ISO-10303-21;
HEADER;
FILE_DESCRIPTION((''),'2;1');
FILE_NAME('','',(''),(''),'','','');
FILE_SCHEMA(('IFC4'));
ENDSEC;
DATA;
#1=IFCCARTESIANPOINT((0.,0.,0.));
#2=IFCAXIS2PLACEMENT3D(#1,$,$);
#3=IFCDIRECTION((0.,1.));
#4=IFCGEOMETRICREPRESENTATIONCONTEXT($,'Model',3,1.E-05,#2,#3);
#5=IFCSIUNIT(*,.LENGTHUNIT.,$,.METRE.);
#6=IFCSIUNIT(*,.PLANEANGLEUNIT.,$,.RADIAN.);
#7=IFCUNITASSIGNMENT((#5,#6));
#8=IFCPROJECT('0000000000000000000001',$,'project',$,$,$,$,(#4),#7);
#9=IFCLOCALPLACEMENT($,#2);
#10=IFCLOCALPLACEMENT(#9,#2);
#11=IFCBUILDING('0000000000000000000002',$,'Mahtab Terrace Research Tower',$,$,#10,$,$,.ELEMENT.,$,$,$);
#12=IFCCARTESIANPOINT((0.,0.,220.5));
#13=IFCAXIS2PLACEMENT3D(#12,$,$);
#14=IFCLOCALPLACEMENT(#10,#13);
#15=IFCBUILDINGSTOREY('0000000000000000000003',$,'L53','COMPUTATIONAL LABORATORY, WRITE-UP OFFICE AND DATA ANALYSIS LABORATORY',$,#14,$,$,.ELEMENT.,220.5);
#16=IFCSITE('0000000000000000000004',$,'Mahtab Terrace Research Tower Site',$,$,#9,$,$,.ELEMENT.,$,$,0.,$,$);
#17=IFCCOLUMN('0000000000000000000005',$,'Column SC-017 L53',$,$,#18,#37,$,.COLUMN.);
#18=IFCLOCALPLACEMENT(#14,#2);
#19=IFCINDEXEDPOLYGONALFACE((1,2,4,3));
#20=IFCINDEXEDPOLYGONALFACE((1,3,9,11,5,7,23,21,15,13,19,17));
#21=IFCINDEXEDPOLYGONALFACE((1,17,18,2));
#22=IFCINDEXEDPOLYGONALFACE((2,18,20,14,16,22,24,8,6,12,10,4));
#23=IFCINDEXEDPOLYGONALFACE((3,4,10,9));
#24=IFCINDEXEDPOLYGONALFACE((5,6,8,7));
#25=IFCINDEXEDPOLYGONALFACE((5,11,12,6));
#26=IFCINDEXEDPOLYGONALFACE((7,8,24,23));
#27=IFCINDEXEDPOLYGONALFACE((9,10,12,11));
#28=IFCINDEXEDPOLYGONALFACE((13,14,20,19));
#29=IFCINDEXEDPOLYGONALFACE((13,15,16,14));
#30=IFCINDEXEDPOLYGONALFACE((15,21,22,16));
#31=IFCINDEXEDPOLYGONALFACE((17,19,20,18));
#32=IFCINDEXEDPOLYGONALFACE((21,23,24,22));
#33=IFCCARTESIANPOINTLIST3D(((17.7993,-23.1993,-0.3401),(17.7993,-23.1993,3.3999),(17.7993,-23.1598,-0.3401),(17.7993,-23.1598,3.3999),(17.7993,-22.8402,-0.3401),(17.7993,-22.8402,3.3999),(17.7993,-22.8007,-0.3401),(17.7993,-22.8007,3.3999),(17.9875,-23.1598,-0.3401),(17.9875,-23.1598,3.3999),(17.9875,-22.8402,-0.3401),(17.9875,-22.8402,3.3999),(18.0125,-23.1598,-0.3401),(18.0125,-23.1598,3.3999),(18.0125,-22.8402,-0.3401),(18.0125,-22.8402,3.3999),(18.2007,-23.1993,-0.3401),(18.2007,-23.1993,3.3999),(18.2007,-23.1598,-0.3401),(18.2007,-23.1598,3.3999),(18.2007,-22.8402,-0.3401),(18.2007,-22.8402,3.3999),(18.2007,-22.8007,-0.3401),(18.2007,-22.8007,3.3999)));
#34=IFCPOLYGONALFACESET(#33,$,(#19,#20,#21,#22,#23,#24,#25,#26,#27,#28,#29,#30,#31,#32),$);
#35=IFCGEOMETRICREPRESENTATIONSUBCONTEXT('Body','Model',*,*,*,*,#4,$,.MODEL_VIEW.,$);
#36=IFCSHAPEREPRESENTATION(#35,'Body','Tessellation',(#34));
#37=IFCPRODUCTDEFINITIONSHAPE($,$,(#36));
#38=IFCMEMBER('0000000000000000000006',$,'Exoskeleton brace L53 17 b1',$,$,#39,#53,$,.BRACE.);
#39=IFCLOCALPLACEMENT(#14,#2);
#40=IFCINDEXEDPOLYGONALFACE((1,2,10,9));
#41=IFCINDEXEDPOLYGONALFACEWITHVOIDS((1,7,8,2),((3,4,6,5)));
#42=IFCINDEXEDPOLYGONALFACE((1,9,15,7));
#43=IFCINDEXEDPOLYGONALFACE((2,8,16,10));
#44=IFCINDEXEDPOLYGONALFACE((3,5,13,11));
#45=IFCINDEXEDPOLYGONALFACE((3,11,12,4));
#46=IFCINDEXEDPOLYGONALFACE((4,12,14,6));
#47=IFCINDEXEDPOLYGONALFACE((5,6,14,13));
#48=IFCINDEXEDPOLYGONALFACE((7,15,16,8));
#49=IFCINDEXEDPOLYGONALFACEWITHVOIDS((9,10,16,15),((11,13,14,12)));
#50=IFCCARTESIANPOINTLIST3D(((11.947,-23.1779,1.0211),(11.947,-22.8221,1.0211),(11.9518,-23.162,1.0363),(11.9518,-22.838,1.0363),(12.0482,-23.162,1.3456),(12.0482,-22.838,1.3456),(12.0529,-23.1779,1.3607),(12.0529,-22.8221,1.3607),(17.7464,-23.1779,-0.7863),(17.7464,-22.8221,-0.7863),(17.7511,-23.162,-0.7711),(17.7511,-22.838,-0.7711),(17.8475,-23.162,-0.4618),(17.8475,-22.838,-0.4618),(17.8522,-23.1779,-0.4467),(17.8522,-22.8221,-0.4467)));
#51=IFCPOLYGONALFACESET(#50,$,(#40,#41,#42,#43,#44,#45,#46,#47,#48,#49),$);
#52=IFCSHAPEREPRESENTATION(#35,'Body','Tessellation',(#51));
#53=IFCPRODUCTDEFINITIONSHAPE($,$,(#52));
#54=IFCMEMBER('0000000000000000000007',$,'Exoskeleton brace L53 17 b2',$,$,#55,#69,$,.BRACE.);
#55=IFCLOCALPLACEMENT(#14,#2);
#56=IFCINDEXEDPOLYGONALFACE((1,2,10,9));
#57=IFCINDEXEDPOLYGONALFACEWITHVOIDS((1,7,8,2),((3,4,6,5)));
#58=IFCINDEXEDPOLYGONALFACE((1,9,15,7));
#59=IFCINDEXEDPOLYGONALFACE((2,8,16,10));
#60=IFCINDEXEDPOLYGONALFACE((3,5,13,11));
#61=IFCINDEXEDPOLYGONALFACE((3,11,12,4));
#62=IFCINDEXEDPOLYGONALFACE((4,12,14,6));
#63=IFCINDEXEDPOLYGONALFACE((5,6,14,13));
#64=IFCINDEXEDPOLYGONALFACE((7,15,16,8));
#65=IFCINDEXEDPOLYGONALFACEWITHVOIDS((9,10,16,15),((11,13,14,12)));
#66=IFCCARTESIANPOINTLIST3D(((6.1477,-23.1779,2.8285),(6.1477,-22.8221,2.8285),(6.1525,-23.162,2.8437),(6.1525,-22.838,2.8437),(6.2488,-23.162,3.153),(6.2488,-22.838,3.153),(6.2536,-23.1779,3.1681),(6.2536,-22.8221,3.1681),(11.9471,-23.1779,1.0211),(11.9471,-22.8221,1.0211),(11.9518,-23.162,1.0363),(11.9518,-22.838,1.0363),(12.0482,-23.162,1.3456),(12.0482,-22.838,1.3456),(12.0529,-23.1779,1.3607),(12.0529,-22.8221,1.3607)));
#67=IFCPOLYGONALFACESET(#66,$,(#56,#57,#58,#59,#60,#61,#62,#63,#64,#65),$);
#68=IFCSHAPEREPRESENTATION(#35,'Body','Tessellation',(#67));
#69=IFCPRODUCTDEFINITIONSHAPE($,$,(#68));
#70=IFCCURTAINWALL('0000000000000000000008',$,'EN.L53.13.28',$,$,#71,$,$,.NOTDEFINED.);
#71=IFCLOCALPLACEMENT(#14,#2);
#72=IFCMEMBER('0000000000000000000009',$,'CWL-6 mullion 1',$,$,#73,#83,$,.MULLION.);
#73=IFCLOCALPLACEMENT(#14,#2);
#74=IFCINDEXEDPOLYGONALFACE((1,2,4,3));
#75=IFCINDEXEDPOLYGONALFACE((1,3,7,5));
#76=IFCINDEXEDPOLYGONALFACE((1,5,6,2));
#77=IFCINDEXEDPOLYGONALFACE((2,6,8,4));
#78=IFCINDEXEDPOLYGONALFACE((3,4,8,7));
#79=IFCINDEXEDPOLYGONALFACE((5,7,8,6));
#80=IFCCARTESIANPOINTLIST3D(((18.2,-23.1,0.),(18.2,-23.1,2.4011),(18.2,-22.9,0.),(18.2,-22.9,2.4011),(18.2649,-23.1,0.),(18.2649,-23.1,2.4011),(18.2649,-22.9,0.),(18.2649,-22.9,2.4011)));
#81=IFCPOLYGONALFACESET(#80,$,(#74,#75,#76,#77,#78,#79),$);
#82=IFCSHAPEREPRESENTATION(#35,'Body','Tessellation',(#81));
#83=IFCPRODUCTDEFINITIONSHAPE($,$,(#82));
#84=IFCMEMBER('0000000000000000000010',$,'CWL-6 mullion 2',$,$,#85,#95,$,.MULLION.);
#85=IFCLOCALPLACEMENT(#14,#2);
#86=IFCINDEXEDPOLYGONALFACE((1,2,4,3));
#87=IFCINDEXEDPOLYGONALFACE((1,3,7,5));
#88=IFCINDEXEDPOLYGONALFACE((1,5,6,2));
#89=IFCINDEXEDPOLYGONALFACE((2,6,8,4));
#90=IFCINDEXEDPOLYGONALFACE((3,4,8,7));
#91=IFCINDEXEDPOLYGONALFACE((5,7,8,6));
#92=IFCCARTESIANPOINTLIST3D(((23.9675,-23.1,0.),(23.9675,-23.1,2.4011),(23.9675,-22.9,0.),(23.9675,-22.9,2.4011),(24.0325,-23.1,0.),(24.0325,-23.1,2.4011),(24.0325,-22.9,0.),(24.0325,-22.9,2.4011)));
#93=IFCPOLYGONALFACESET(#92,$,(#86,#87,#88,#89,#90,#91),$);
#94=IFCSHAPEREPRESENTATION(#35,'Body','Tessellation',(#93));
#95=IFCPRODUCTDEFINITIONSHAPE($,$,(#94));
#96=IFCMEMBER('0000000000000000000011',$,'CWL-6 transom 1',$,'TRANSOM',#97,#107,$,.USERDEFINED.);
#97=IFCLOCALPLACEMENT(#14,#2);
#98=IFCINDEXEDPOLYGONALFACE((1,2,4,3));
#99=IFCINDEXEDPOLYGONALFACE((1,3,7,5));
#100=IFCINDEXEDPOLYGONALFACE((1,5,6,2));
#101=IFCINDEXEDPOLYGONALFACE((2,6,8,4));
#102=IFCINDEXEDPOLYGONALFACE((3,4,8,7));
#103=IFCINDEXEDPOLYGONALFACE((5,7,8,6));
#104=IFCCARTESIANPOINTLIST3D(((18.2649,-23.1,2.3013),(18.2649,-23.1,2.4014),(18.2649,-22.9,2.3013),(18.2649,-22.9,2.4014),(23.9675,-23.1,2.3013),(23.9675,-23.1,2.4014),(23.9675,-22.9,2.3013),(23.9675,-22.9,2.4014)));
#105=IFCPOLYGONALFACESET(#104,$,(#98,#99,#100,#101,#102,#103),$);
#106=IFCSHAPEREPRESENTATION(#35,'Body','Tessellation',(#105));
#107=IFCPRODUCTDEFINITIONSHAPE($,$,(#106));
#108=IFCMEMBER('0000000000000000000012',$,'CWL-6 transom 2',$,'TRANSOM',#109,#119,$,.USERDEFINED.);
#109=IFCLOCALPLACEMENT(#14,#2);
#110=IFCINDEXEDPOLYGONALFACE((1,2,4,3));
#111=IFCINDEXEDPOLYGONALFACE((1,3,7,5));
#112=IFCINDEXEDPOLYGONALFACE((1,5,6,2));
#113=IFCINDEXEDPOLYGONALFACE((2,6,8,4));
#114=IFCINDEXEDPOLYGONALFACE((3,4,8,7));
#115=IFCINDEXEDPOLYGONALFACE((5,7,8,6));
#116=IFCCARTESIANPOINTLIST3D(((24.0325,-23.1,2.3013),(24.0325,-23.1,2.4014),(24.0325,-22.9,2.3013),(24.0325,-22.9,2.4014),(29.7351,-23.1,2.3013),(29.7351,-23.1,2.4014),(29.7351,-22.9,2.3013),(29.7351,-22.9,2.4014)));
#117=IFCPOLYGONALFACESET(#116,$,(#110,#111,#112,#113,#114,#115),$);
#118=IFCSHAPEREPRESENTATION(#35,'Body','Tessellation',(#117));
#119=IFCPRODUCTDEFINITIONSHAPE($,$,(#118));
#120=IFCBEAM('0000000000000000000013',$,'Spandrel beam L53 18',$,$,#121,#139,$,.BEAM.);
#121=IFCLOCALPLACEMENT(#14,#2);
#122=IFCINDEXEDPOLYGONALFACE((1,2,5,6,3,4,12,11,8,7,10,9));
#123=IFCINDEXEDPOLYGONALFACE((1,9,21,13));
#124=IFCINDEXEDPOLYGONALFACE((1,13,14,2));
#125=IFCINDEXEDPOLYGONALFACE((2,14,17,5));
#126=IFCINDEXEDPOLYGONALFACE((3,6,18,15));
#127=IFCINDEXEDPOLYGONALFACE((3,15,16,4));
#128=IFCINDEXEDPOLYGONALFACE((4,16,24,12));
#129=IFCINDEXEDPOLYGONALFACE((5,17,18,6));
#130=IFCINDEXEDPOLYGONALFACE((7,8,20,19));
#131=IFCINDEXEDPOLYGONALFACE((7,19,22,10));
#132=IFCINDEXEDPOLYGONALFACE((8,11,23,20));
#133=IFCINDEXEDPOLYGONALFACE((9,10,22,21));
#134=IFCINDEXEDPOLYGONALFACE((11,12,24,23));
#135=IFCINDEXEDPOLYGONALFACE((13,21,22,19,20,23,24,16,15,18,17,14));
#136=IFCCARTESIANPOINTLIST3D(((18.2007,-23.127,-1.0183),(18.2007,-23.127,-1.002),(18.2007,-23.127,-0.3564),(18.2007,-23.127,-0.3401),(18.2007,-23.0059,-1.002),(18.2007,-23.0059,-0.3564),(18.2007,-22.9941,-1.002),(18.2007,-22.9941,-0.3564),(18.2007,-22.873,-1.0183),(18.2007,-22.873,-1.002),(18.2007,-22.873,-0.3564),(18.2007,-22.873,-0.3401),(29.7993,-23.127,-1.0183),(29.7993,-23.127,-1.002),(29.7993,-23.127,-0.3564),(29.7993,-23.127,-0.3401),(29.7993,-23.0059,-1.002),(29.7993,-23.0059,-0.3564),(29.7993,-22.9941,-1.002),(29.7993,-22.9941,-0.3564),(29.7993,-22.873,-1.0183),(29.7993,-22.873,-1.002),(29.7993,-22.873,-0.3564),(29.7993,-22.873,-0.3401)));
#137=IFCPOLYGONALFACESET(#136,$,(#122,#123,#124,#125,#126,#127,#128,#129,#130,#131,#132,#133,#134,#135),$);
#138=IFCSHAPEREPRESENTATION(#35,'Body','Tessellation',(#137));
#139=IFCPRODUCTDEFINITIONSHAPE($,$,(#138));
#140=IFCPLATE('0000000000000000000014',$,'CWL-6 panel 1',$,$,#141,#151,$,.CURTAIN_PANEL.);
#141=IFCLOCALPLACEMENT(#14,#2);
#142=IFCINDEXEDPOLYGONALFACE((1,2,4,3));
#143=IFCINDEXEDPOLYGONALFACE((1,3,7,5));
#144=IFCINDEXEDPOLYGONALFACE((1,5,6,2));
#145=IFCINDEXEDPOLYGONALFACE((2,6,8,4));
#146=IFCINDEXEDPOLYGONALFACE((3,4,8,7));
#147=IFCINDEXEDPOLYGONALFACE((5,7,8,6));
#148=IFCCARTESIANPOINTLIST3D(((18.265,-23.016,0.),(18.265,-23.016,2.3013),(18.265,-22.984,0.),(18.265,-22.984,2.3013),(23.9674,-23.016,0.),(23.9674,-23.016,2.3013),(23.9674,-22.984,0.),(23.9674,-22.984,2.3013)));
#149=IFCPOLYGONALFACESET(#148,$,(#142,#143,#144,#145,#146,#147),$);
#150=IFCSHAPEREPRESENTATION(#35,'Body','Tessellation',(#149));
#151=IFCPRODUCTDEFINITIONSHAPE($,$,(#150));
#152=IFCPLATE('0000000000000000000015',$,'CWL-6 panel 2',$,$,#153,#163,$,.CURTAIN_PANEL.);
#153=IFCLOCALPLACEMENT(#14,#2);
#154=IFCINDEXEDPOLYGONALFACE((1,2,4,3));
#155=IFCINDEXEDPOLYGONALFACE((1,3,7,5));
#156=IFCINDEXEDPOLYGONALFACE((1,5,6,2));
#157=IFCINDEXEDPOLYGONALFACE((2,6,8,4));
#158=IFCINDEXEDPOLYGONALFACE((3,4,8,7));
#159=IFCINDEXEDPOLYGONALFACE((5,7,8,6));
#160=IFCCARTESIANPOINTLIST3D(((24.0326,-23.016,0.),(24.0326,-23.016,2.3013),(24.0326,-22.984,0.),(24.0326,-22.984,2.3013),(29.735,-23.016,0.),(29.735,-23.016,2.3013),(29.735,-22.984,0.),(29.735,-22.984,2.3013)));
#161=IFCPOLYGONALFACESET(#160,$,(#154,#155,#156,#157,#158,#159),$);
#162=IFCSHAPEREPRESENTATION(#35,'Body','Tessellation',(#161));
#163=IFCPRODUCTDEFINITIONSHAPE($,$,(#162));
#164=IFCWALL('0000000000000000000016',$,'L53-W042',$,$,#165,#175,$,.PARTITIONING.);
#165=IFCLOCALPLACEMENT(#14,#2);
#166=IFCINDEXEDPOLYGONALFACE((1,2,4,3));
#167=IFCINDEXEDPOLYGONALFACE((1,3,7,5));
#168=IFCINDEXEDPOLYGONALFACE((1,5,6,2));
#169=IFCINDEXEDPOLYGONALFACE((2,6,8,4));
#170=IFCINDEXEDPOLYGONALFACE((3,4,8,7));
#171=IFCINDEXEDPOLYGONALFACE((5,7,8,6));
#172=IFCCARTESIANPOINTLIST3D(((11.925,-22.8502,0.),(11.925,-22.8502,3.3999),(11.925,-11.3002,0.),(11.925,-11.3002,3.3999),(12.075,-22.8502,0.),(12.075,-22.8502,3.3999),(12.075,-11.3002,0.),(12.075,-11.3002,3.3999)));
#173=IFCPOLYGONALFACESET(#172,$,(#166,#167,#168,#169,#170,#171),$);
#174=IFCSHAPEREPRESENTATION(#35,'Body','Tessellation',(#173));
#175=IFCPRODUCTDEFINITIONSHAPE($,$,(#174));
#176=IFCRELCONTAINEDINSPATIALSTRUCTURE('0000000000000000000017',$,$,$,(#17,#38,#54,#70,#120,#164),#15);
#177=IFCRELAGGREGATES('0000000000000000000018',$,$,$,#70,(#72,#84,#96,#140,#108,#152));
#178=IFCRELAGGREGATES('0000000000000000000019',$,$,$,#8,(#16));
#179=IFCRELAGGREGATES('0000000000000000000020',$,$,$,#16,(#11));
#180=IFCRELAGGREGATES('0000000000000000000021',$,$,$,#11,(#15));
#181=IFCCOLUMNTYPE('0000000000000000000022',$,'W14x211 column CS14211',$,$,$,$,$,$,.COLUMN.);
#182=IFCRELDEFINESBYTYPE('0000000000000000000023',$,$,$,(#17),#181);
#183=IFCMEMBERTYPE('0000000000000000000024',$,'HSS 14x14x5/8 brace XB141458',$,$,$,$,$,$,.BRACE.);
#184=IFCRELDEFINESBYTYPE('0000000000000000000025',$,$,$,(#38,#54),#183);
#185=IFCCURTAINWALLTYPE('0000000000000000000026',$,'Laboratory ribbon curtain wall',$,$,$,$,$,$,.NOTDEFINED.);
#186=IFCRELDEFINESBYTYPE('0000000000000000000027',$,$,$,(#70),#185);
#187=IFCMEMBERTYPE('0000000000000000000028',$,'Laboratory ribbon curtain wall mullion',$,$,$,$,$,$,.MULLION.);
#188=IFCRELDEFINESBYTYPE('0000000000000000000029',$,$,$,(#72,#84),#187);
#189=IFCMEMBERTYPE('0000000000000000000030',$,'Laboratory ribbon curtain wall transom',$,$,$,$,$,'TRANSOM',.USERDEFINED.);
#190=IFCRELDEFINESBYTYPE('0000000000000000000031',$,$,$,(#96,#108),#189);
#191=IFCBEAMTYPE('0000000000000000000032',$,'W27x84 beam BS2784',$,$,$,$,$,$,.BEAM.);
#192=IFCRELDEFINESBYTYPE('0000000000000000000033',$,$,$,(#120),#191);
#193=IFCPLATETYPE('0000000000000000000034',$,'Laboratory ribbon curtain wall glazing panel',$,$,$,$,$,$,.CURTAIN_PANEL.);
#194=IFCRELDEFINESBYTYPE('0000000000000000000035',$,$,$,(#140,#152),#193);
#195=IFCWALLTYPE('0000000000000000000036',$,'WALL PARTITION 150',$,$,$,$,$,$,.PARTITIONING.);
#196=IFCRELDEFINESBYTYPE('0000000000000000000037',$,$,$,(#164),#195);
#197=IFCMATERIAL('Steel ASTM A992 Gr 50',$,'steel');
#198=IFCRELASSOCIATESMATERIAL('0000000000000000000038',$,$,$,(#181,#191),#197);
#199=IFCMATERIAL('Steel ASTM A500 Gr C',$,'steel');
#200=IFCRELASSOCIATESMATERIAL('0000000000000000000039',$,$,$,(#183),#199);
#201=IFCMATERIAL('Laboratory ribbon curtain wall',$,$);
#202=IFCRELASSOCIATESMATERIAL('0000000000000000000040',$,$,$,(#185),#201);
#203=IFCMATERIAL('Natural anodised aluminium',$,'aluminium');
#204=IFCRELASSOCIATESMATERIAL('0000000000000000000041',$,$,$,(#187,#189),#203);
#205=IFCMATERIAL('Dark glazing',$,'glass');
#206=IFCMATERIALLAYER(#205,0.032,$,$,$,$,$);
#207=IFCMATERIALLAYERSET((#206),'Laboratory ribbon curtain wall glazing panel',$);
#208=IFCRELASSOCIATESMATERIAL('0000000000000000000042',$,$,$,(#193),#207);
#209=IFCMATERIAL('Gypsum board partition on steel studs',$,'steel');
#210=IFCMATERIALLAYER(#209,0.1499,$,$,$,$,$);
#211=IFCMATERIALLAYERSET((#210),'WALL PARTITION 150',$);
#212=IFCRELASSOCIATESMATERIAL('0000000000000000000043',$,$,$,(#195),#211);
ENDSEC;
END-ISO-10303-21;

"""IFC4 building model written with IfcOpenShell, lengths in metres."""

from ifc_helpers import new_model, si_unit, direction, frame, frame_2d, origin, origin_2d, place, context, subcontext, project, spatial, rectangle, hollow_rectangle, i_section, extrude, material, layer, layer_set, material_profile, profile_set, type_object, element, aggregate, save


model = new_model("IFC4")

# Units and contexts
model_context = context("Model", 3, precision=1e-05, world=origin(), true_north=direction((0.0, 1.0)))
body_context = subcontext(model_context, "Body", "Model", "MODEL_VIEW")
ifc_project = project(units=[si_unit("LENGTHUNIT", "METRE"), si_unit("PLANEANGLEUNIT", "RADIAN")], contexts=[model_context])

# Site, building, storey
site_placement = place(None, origin())
site = spatial("IfcSite", under=ifc_project, at=site_placement, Name="Mahtab Terrace Research Tower Site", CompositionType="ELEMENT", RefElevation=0.0)
building_placement = place(site_placement, origin())
building = spatial("IfcBuilding", under=site, at=building_placement, Name="Mahtab Terrace Research Tower", CompositionType="ELEMENT")
storey_placement = place(building_placement, frame((0.0, 0.0, 220.5)))
storey = spatial("IfcBuildingStorey", under=building, at=storey_placement, Name="L53", Description="COMPUTATIONAL LABORATORY, WRITE-UP OFFICE AND DATA ANALYSIS LABORATORY", CompositionType="ELEMENT", Elevation=220.5)

# Column
ifc_material_1 = material(Name="Steel ASTM A992 Gr 50", Category="steel")
ifc_material_profile_1 = material_profile(ifc_material_1, i_section(OverallWidth=0.4014, OverallDepth=0.3987, WebThickness=0.0249, FlangeThickness=0.0396, at=origin_2d()), Name="W14X211")
ifc_profile_set_1 = profile_set([ifc_material_profile_1], Name="Steel ASTM A992 Gr 50")
column_type = type_object("IfcColumnType", Name="W14x211 column CS14211", PredefinedType="COLUMN", material=ifc_profile_set_1)
column_placement = place(storey_placement, frame((18.0, -23.0, -0.3401), z_axis=(0.0, 0.0, 1.0), x_axis=(1.0, 0.0, 0.0)))
element("IfcColumn", 1, at=column_placement, inside=storey, type_object=column_type, Name="Column SC-017 L53", PredefinedType="COLUMN", context=body_context, shape_type="SweptSolid", body=[
    extrude(i_section(OverallWidth=0.4014, OverallDepth=0.3987, WebThickness=0.0249, FlangeThickness=0.0396, at=origin_2d()), origin(), (0.0, 0.0, 1.0), 3.74),
])

# Members
ifc_material_2 = material(Name="Steel ASTM A500 Gr C", Category="steel")
ifc_material_profile_2 = material_profile(ifc_material_2, hollow_rectangle(XDim=0.3557, YDim=0.3557, WallThickness=0.0159, at=origin_2d()), Name="HSS14X14X5/8")
ifc_profile_set_2 = profile_set([ifc_material_profile_2], Name="Steel ASTM A500 Gr C")
member_type_1 = type_object("IfcMemberType", Name="HSS 14x14x5/8 brace XB141458", PredefinedType="BRACE", material=ifc_profile_set_2)
for number, where, z_axis, x_axis, name in (
    (2, (17.7993, -23.0, -0.6165), (-0.95471, 0.0, 0.297538), (0.0, -1.0, 0.0), "Exoskeleton brace L53 17 b1"),
    (3, (12.0, -23.0, 1.1909), (-0.95471, 0.0, 0.297538), (0.0, -1.0, 0.0), "Exoskeleton brace L53 17 b2"),
):
    element("IfcMember", number, at=place(storey_placement, frame(where, z_axis=z_axis, x_axis=x_axis)), inside=storey, type_object=member_type_1, Name=name, PredefinedType="BRACE", context=body_context, shape_type="SweptSolid", body=[
        extrude(hollow_rectangle(XDim=0.3557, YDim=0.3557, WallThickness=0.0159, at=origin_2d()), origin(), (0.0, 0.0, 1.0), 6.0745),
    ])

# Curtain wall, members
ifc_material_3 = material(Name="Laboratory ribbon curtain wall")
curtain_wall_type = type_object("IfcCurtainWallType", Name="Laboratory ribbon curtain wall", PredefinedType="NOTDEFINED", material=ifc_material_3)
curtain_wall_placement = place(storey_placement, origin())
curtain_wall = element("IfcCurtainWall", 4, at=curtain_wall_placement, inside=storey, type_object=curtain_wall_type, Name="EN.L53.13.28", PredefinedType="NOTDEFINED")
ifc_material_4 = material(Name="Natural anodised aluminium", Category="aluminium")
ifc_material_profile_3 = material_profile(ifc_material_4, rectangle(XDim=0.2, YDim=0.0649, at=origin_2d()), Name="MULLION 65x200")
ifc_profile_set_3 = profile_set([ifc_material_profile_3], Name="Natural anodised aluminium")
member_type_2 = type_object("IfcMemberType", Name="Laboratory ribbon curtain wall mullion", PredefinedType="MULLION", material=ifc_profile_set_3)
member_1_placement = place(storey_placement, frame((18.2324, -23.0, 0.0), z_axis=(0.0, 0.0, 1.0), x_axis=(0.0, 1.0, 0.0)))
member_1 = element("IfcMember", 5, at=member_1_placement, type_object=member_type_2, Name="CWL-6 mullion 1", PredefinedType="MULLION", context=body_context, shape_type="SweptSolid", body=[
    extrude(rectangle(XDim=0.2, YDim=0.0649, at=origin_2d()), origin(), (0.0, 0.0, 1.0), 2.4011),
])
member_2_placement = place(storey_placement, frame((24.0, -23.0, 0.0), z_axis=(0.0, 0.0, 1.0), x_axis=(0.0, 1.0, 0.0)))
member_2 = element("IfcMember", 6, at=member_2_placement, type_object=member_type_2, Name="CWL-6 mullion 2", PredefinedType="MULLION", context=body_context, shape_type="SweptSolid", body=[
    extrude(rectangle(XDim=0.2, YDim=0.0649, at=origin_2d()), origin(), (0.0, 0.0, 1.0), 2.4011),
])
ifc_material_profile_4 = material_profile(ifc_material_4, rectangle(XDim=0.2, YDim=0.1001, at=origin_2d()), Name="TRANSOM 100x200")
ifc_profile_set_4 = profile_set([ifc_material_profile_4], Name="Natural anodised aluminium")
member_type_3 = type_object("IfcMemberType", Name="Laboratory ribbon curtain wall transom", ElementType="TRANSOM", PredefinedType="USERDEFINED", material=ifc_profile_set_4)
member_3_placement = place(storey_placement, frame((18.2649, -23.0, 2.3513), z_axis=(1.0, 0.0, 0.0), x_axis=(0.0, 1.0, 0.0)))
member_3 = element("IfcMember", 7, at=member_3_placement, type_object=member_type_3, Name="CWL-6 transom 1", ObjectType="TRANSOM", PredefinedType="USERDEFINED", context=body_context, shape_type="SweptSolid", body=[
    extrude(rectangle(XDim=0.2, YDim=0.1001, at=origin_2d()), origin(), (0.0, 0.0, 1.0), 5.7026),
])
member_4_placement = place(storey_placement, frame((24.0325, -23.0, 2.3513), z_axis=(1.0, 0.0, 0.0), x_axis=(0.0, 1.0, 0.0)))
member_4 = element("IfcMember", 8, at=member_4_placement, type_object=member_type_3, Name="CWL-6 transom 2", ObjectType="TRANSOM", PredefinedType="USERDEFINED", context=body_context, shape_type="SweptSolid", body=[
    extrude(rectangle(XDim=0.2, YDim=0.1001, at=origin_2d()), origin(), (0.0, 0.0, 1.0), 5.7026),
])

# Beam
ifc_material_profile_5 = material_profile(ifc_material_1, i_section(OverallWidth=0.2539, OverallDepth=0.6782, WebThickness=0.0117, FlangeThickness=0.0164, at=origin_2d()), Name="W27X84")
ifc_profile_set_5 = profile_set([ifc_material_profile_5], Name="Steel ASTM A992 Gr 50")
beam_type = type_object("IfcBeamType", Name="W27x84 beam BS2784", PredefinedType="BEAM", material=ifc_profile_set_5)
beam_placement = place(storey_placement, frame((18.2007, -23.0, -0.6792), z_axis=(1.0, 0.0, 0.0), x_axis=(0.0, 1.0, 0.0)))
element("IfcBeam", 9, at=beam_placement, inside=storey, type_object=beam_type, Name="Spandrel beam L53 18", PredefinedType="BEAM", context=body_context, shape_type="SweptSolid", body=[
    extrude(i_section(OverallWidth=0.2539, OverallDepth=0.6782, WebThickness=0.0117, FlangeThickness=0.0164, at=origin_2d()), origin(), (0.0, 0.0, 1.0), 11.5986),
])

# Plates
ifc_material_5 = material(Name="Dark glazing", Category="glass")
ifc_layer_1 = layer(ifc_material_5, 0.032)
ifc_layer_set_1 = layer_set([ifc_layer_1], Name="Laboratory ribbon curtain wall glazing panel")
plate_type = type_object("IfcPlateType", Name="Laboratory ribbon curtain wall glazing panel", PredefinedType="CURTAIN_PANEL", material=ifc_layer_set_1)
plate_1_placement = place(storey_placement, frame((21.1162, -23.0, 0.0), z_axis=(0.0, 0.0, 1.0), x_axis=(1.0, 0.0, 0.0)))
plate_1 = element("IfcPlate", 10, at=plate_1_placement, type_object=plate_type, Name="CWL-6 panel 1", PredefinedType="CURTAIN_PANEL", context=body_context, shape_type="SweptSolid", body=[
    extrude(rectangle(XDim=5.7024, YDim=0.032, at=origin_2d()), origin(), (0.0, 0.0, 1.0), 2.3013),
])
plate_2_placement = place(storey_placement, frame((26.8838, -23.0, 0.0), z_axis=(0.0, 0.0, 1.0), x_axis=(1.0, 0.0, 0.0)))
plate_2 = element("IfcPlate", 11, at=plate_2_placement, type_object=plate_type, Name="CWL-6 panel 2", PredefinedType="CURTAIN_PANEL", context=body_context, shape_type="SweptSolid", body=[
    extrude(rectangle(XDim=5.7024, YDim=0.032, at=origin_2d()), origin(), (0.0, 0.0, 1.0), 2.3013),
])
aggregate(curtain_wall, [member_1, member_2, member_3, plate_1, member_4, plate_2])

# Wall
ifc_material_6 = material(Name="Gypsum board partition on steel studs", Category="steel")
ifc_layer_2 = layer(ifc_material_6, 0.1499)
ifc_layer_set_2 = layer_set([ifc_layer_2], Name="WALL PARTITION 150")
wall_type = type_object("IfcWallType", Name="WALL PARTITION 150", PredefinedType="PARTITIONING", material=ifc_layer_set_2)
wall_placement = place(storey_placement, frame((12.0, -22.8501, 0.0), z_axis=(0.0, 0.0, 1.0), x_axis=(0.0, 1.0, 0.0)))
element("IfcWall", 12, at=wall_placement, inside=storey, type_object=wall_type, Name="L53-W042", PredefinedType="PARTITIONING", context=body_context, shape_type="SweptSolid", body=[
    extrude(rectangle(XDim=11.55, YDim=0.1499, at=frame_2d((5.7749, 0.0))), origin(), (0.0, 0.0, 1.0), 3.3999),
])

save(model, "model.ifc")
